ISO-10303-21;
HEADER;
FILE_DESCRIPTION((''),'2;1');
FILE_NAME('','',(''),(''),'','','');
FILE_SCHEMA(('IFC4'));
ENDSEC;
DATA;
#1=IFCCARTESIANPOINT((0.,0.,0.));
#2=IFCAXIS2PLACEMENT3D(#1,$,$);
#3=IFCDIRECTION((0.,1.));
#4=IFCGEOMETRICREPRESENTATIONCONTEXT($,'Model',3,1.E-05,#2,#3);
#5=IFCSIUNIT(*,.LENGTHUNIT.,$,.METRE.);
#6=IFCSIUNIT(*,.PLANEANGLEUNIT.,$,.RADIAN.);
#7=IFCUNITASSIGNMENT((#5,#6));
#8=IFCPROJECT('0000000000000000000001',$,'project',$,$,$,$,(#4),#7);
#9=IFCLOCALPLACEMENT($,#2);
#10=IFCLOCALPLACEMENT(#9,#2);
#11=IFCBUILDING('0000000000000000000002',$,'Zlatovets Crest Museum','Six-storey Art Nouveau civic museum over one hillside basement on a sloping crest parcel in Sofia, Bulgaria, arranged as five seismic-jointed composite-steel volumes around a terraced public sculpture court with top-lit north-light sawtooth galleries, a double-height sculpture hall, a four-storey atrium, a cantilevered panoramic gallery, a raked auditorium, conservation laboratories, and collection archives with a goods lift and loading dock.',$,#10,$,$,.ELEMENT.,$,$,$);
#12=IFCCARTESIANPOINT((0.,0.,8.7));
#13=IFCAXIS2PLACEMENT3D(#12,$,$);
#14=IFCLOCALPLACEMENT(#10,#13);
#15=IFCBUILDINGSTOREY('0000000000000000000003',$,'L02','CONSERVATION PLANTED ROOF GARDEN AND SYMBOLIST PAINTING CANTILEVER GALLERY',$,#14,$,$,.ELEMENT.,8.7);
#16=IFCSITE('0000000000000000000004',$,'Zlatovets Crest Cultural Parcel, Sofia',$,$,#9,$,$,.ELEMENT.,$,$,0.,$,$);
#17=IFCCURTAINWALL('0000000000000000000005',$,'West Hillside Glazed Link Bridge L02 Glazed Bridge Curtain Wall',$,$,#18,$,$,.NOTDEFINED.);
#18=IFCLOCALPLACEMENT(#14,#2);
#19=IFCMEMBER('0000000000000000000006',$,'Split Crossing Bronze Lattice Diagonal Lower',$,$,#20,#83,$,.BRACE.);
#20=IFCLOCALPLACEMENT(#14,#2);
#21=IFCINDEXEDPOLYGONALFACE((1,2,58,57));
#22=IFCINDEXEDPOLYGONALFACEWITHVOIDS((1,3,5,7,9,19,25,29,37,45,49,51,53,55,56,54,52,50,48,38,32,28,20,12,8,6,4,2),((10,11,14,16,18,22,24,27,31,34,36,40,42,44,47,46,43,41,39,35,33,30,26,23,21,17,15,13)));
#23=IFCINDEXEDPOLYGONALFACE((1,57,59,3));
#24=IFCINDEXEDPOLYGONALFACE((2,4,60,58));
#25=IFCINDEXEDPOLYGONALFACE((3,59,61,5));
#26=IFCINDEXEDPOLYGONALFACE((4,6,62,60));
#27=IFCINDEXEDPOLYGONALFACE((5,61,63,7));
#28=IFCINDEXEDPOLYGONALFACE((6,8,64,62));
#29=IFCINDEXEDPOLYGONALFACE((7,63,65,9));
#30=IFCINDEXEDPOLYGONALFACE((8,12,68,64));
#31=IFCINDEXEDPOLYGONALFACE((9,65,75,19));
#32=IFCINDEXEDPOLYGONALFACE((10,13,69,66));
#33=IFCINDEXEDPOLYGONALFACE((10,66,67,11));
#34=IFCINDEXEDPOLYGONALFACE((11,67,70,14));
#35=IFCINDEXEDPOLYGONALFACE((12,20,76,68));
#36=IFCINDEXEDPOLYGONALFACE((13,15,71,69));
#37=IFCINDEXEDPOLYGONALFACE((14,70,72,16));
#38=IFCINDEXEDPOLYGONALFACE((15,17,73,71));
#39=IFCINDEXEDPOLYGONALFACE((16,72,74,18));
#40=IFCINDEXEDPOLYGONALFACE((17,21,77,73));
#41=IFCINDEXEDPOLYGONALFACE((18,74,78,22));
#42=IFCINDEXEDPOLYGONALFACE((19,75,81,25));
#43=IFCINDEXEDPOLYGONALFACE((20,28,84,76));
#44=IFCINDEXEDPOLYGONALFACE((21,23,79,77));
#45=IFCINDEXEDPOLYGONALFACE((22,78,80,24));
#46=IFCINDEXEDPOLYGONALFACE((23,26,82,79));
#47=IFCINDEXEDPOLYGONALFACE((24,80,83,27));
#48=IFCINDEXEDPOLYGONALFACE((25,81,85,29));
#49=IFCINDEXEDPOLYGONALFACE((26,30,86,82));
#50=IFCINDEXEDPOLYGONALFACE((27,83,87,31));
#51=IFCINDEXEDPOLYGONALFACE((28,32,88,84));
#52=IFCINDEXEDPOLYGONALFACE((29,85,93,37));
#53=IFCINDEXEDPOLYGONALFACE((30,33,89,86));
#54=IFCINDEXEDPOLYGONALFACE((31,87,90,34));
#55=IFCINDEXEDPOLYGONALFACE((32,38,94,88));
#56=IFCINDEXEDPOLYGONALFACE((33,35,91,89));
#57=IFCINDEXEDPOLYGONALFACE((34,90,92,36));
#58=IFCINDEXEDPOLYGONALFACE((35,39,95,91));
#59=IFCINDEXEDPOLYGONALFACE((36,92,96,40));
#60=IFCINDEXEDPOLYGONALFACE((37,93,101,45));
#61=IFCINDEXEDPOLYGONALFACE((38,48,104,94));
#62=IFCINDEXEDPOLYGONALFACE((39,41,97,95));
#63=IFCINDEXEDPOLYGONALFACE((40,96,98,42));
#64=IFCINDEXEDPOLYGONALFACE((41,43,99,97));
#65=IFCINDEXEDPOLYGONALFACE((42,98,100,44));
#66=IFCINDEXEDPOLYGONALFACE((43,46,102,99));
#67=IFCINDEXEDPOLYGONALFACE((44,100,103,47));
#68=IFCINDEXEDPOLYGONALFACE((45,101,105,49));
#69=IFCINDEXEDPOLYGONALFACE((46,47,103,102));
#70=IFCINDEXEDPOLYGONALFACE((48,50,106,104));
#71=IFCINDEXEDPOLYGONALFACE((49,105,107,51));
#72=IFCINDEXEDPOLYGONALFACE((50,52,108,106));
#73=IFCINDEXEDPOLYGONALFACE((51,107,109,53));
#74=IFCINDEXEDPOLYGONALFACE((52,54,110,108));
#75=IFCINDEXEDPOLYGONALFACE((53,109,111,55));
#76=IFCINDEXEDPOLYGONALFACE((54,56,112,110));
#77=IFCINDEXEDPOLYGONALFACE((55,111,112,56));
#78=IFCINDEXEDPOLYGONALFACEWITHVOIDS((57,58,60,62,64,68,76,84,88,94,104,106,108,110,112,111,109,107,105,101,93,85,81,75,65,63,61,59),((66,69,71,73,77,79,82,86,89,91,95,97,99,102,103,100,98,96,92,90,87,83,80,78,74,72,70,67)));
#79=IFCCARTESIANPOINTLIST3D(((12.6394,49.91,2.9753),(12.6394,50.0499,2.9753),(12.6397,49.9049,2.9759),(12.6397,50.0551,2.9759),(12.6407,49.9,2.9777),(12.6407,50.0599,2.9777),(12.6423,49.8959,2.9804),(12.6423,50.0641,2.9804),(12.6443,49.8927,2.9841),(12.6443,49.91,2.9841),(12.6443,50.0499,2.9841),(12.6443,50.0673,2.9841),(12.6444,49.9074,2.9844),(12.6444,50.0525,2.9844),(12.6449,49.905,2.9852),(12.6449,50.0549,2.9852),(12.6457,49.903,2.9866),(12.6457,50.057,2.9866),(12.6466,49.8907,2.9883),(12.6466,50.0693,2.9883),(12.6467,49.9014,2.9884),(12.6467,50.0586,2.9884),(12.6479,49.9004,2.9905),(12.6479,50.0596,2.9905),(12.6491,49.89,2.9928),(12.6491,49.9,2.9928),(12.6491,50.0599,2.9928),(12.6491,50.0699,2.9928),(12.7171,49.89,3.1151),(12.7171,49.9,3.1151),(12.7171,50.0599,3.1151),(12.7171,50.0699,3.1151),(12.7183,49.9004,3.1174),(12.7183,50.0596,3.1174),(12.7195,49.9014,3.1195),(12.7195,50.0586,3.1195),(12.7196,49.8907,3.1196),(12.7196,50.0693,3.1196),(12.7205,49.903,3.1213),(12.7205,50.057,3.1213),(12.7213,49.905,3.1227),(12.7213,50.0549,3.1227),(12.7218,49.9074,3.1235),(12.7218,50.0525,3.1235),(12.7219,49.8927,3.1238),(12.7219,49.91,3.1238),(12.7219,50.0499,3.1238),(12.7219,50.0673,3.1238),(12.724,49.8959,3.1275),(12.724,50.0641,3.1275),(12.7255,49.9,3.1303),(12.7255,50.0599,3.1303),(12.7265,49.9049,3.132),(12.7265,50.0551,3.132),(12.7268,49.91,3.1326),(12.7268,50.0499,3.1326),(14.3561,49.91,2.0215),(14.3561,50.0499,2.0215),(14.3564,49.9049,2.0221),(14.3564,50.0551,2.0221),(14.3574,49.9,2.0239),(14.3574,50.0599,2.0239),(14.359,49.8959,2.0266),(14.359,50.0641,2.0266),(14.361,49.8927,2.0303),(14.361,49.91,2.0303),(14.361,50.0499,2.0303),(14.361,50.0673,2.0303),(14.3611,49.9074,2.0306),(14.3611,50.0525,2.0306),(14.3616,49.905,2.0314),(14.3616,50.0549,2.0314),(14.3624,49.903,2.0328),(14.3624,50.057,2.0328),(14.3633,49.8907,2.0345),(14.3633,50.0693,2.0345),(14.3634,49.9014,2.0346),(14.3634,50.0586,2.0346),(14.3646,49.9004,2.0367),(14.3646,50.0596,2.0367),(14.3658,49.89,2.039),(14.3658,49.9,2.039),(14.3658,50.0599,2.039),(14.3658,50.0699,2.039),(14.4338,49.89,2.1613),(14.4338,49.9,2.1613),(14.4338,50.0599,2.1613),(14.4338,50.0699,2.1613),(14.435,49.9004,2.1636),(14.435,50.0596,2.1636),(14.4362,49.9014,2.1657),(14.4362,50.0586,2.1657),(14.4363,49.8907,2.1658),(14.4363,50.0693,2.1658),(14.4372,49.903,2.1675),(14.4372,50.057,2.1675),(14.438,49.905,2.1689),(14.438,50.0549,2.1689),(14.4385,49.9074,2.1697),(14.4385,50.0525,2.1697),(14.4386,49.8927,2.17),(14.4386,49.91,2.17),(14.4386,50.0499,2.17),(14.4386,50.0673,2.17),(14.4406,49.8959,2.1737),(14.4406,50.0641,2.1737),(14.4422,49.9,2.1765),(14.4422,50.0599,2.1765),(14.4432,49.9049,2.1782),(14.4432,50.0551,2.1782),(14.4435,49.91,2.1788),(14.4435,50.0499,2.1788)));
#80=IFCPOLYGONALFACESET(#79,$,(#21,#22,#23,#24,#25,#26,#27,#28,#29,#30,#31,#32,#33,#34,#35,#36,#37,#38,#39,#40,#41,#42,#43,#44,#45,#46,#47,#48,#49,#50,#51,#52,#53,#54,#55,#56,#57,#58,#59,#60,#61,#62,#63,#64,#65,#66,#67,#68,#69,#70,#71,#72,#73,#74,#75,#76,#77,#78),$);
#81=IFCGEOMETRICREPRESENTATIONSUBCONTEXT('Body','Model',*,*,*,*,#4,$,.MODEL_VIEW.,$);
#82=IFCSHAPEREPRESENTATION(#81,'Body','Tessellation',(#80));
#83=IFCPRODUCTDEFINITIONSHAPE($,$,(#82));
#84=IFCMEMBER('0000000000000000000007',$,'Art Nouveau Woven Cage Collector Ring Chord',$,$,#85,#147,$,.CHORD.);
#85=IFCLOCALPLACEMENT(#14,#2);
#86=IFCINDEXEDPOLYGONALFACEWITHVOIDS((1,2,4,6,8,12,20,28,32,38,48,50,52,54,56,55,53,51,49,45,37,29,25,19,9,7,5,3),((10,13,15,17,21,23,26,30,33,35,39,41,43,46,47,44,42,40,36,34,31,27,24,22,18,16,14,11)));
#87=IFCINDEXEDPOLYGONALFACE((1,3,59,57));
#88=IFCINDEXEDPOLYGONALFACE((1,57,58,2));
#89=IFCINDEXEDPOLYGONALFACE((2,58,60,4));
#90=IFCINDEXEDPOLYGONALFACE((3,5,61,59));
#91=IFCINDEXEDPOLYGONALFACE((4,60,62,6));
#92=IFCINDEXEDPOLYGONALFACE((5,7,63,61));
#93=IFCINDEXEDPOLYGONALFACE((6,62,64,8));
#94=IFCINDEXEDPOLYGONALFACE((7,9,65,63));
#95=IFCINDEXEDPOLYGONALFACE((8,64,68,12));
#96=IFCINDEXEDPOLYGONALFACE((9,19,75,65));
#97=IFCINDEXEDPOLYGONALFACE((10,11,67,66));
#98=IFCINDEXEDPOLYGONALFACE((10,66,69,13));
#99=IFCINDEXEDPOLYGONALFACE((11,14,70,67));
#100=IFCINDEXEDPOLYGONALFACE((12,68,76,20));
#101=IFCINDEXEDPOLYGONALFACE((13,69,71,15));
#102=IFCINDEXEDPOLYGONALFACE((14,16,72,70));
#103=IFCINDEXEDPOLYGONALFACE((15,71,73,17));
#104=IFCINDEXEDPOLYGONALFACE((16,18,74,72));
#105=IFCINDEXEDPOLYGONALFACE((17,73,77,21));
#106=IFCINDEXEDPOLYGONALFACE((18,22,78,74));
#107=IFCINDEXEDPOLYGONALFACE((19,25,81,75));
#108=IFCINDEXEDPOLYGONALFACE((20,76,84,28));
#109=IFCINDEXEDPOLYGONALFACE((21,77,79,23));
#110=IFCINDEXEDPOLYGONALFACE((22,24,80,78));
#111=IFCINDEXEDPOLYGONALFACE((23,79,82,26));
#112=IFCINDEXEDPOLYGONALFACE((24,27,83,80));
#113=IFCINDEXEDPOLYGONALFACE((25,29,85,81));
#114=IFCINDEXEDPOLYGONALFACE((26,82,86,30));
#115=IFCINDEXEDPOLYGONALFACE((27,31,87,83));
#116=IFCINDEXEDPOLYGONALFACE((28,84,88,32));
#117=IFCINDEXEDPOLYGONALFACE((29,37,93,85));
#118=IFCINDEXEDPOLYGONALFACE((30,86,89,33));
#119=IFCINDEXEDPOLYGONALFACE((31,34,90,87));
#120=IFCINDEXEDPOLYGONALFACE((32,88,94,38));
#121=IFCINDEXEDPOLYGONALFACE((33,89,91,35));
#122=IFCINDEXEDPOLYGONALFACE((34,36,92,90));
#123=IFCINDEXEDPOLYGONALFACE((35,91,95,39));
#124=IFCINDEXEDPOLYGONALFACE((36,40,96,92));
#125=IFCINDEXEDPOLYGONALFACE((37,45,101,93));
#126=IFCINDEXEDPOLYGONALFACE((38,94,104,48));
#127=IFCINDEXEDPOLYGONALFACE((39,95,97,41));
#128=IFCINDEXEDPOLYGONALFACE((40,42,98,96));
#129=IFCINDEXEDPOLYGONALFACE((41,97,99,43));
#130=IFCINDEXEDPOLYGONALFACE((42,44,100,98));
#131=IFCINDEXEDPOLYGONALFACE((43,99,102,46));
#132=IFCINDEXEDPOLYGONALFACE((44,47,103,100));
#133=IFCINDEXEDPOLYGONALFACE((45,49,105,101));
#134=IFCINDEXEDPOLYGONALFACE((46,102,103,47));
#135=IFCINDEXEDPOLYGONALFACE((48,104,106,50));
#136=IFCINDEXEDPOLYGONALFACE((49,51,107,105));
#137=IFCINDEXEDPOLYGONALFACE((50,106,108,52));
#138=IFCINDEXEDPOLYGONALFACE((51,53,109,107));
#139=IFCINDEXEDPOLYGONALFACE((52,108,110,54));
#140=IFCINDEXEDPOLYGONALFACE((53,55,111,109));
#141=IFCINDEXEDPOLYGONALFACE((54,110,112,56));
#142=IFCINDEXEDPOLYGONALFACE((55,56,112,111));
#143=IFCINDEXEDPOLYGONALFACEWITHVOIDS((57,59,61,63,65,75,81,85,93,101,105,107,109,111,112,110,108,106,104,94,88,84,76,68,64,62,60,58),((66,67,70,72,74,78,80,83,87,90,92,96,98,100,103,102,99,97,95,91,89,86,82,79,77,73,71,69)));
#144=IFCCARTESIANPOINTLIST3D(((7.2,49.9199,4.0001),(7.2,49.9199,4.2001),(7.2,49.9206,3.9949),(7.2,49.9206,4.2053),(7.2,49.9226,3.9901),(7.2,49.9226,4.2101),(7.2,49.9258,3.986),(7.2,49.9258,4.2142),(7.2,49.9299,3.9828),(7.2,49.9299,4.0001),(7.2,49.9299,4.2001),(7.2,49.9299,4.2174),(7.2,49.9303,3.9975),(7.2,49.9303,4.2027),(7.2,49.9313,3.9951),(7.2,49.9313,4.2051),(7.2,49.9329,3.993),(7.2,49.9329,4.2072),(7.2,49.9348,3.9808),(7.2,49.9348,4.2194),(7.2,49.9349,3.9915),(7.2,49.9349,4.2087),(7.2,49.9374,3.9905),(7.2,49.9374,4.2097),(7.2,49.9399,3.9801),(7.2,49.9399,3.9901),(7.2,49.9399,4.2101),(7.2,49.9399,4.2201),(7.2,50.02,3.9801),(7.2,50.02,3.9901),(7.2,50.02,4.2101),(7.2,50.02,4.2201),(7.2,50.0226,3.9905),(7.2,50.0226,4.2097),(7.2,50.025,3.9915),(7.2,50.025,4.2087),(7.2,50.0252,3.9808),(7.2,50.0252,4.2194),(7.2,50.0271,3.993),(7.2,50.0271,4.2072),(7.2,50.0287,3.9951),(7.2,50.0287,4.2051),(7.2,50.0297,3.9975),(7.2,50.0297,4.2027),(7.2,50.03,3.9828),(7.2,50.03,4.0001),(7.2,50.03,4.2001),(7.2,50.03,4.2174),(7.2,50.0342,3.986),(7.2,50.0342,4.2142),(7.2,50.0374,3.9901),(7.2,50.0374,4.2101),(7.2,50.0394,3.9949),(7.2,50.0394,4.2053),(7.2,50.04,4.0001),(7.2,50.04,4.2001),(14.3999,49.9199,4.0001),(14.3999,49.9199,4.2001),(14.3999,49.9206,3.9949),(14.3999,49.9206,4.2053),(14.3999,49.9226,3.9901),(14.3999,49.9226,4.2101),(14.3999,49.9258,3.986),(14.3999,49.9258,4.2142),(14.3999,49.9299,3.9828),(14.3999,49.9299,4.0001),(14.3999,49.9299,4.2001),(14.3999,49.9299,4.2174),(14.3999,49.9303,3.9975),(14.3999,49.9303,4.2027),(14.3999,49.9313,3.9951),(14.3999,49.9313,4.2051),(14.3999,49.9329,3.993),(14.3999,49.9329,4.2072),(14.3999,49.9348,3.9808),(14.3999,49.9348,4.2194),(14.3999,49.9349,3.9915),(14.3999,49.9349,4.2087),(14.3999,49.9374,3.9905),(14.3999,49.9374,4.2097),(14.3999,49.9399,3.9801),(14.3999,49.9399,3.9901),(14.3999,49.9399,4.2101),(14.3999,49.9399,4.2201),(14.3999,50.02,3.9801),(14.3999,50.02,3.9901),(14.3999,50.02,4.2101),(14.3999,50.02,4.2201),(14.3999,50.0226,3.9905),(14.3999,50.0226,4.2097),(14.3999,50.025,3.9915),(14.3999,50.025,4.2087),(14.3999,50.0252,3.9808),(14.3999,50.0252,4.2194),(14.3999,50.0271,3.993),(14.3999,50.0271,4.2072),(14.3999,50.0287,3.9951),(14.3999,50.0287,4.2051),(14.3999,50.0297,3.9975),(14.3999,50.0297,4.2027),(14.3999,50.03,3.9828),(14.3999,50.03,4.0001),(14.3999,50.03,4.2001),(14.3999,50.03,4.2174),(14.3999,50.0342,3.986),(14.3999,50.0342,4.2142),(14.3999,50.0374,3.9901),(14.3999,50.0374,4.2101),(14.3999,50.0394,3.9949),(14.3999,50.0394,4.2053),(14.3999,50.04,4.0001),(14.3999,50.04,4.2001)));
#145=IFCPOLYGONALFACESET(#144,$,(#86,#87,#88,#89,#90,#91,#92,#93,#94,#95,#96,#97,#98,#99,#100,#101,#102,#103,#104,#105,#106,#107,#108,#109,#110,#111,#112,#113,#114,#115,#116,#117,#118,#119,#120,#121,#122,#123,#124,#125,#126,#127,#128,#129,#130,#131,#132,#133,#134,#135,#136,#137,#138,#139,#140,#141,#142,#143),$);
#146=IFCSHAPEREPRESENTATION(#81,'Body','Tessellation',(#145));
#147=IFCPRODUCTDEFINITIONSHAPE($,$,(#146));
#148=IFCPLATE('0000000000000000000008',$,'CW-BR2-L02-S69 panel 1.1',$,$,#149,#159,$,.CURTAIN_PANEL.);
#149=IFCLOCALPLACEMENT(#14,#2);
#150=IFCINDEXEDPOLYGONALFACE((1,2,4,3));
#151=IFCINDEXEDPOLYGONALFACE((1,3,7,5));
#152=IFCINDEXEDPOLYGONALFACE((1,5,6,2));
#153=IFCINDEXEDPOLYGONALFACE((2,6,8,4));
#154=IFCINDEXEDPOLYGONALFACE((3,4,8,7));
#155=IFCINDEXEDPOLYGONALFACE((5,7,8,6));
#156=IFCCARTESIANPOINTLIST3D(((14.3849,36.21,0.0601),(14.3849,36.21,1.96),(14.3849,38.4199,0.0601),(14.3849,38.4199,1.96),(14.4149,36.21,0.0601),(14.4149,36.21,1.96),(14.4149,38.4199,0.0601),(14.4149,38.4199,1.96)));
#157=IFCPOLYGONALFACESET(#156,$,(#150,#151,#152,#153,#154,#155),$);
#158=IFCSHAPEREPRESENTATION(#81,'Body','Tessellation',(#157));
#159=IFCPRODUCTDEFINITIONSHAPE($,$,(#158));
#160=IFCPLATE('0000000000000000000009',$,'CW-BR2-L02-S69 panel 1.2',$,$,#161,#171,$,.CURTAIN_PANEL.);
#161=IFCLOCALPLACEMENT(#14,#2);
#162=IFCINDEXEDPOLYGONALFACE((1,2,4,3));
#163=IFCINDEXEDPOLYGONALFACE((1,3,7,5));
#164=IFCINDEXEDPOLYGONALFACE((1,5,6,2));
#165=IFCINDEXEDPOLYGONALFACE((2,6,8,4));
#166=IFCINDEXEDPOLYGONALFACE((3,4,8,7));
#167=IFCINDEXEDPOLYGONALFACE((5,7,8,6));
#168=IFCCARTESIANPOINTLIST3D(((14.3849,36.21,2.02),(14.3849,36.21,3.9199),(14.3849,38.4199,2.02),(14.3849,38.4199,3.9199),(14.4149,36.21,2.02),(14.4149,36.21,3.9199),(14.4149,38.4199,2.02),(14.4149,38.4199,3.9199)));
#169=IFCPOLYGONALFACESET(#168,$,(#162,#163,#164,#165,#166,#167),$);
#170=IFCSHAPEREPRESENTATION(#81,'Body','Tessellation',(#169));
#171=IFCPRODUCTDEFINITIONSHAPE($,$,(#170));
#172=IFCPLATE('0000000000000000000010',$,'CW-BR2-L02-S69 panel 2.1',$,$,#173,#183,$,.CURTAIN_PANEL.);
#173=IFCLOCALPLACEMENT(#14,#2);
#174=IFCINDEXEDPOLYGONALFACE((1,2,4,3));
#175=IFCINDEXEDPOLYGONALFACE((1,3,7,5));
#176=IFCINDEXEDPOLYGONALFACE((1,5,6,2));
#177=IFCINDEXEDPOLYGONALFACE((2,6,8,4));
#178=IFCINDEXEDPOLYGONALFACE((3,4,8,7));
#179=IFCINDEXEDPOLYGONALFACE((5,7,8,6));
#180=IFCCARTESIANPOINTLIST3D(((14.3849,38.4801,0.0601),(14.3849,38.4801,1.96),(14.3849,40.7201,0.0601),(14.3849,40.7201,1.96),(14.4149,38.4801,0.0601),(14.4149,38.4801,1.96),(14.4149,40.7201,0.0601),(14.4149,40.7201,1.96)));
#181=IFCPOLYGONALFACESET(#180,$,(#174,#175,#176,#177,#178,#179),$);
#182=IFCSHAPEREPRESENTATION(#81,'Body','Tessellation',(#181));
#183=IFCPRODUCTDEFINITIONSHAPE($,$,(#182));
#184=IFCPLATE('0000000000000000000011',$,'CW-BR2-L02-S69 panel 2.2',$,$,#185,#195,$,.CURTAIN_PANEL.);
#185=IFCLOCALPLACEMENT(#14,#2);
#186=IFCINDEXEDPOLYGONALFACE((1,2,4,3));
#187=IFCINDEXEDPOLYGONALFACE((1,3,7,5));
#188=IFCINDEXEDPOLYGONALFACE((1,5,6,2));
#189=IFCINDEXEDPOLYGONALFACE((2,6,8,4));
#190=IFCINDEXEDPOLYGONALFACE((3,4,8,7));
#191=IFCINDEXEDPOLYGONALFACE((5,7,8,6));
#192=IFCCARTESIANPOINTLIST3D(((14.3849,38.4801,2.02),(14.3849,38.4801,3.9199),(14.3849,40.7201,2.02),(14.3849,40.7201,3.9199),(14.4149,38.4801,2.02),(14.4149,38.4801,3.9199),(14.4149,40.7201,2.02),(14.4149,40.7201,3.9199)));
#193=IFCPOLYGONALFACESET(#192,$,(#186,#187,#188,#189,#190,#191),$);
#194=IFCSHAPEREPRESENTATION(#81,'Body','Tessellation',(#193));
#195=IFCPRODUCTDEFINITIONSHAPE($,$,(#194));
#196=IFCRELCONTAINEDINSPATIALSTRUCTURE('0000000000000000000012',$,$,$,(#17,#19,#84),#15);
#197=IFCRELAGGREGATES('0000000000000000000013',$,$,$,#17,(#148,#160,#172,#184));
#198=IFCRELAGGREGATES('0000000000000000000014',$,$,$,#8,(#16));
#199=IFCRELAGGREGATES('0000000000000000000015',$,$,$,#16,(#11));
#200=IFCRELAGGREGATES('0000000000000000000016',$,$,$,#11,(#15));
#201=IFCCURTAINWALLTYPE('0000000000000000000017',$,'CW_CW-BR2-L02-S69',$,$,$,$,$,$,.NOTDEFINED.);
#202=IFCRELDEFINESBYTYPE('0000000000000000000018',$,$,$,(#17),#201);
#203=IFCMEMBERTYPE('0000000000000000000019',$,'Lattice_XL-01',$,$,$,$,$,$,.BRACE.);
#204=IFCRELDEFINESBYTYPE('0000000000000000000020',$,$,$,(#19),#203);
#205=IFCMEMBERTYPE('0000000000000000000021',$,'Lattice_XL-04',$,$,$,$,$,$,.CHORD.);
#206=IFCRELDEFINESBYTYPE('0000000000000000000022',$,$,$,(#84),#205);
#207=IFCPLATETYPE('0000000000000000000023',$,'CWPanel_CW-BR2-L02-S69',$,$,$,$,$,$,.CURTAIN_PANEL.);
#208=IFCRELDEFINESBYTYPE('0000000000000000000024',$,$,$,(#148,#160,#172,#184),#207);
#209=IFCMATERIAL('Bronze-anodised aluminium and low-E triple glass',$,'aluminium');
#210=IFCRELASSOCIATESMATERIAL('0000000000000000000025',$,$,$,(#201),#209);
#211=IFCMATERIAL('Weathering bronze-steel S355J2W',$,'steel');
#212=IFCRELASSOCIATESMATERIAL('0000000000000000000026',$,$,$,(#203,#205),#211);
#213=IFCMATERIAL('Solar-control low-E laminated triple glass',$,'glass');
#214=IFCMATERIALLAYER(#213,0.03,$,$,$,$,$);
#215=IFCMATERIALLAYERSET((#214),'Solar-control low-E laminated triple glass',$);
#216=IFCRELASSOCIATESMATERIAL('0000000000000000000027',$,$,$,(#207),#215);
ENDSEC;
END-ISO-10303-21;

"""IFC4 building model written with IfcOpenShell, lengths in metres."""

from ifc_helpers import new_model, si_unit, direction, frame, origin, origin_2d, place, context, subcontext, project, spatial, rectangle, hollow_rectangle, extrude, material, layer, layer_set, material_profile, profile_set, type_object, element, aggregate, save


model = new_model("IFC4")

# Units and contexts
model_context = context("Model", 3, precision=1e-05, world=origin(), true_north=direction((0.0, 1.0)))
body_context = subcontext(model_context, "Body", "Model", "MODEL_VIEW")
ifc_project = project(units=[si_unit("LENGTHUNIT", "METRE"), si_unit("PLANEANGLEUNIT", "RADIAN")], contexts=[model_context])

# Site, building, storey
site_placement = place(None, origin())
site = spatial("IfcSite", under=ifc_project, at=site_placement, Name="Zlatovets Crest Cultural Parcel, Sofia", CompositionType="ELEMENT", RefElevation=0.0)
building_placement = place(site_placement, origin())
building = spatial("IfcBuilding", under=site, at=building_placement, Name="Zlatovets Crest Museum", Description="Six-storey Art Nouveau civic museum over one hillside basement on a sloping crest parcel in Sofia, Bulgaria, arranged as five seismic-jointed composite-steel volumes around a terraced public sculpture court with top-lit north-light sawtooth galleries, a double-height sculpture hall, a four-storey atrium, a cantilevered panoramic gallery, a raked auditorium, conservation laboratories, and collection archives with a goods lift and loading dock.", CompositionType="ELEMENT")
storey_placement = place(building_placement, frame((0.0, 0.0, 8.7)))
storey = spatial("IfcBuildingStorey", under=building, at=storey_placement, Name="L02", Description="CONSERVATION PLANTED ROOF GARDEN AND SYMBOLIST PAINTING CANTILEVER GALLERY", CompositionType="ELEMENT", Elevation=8.7)

# Curtain wall
ifc_material_1 = material(Name="Bronze-anodised aluminium and low-E triple glass", Category="aluminium")
curtain_wall_type = type_object("IfcCurtainWallType", Name="CW_CW-BR2-L02-S69", PredefinedType="NOTDEFINED", material=ifc_material_1)
curtain_wall_placement = place(storey_placement, origin())
curtain_wall = element("IfcCurtainWall", 1, at=curtain_wall_placement, inside=storey, type_object=curtain_wall_type, Name="West Hillside Glazed Link Bridge L02 Glazed Bridge Curtain Wall", PredefinedType="NOTDEFINED")

# Members
ifc_material_2 = material(Name="Weathering bronze-steel S355J2W", Category="steel")
ifc_material_profile_1 = material_profile(ifc_material_2, hollow_rectangle(XDim=0.1799, YDim=0.1799, WallThickness=0.01, InnerFilletRadius=0.01, OuterFilletRadius=0.02, at=origin_2d()), Name="SHS 180x180x10.0")
ifc_profile_set_1 = profile_set([ifc_material_profile_1], Name="Weathering bronze-steel S355J2W")
member_type_1 = type_object("IfcMemberType", Name="Lattice_XL-01", PredefinedType="BRACE", material=ifc_profile_set_1)
member_1_placement = place(storey_placement, frame((12.6831, 49.98, 3.054), z_axis=(0.87414, 0.0, -0.485675), x_axis=(0.0, 1.0, 0.0)))
element("IfcMember", 2, at=member_1_placement, inside=storey, type_object=member_type_1, Name="Split Crossing Bronze Lattice Diagonal Lower", PredefinedType="BRACE", context=body_context, shape_type="SweptSolid", body=[
    extrude(hollow_rectangle(XDim=0.1799, YDim=0.1799, WallThickness=0.01, InnerFilletRadius=0.01, OuterFilletRadius=0.02, at=origin_2d()), origin(), (0.0, 0.0, 1.0), 1.9639),
])
ifc_material_profile_2 = material_profile(ifc_material_2, hollow_rectangle(XDim=0.1201, YDim=0.24, WallThickness=0.01, InnerFilletRadius=0.01, OuterFilletRadius=0.02, at=origin_2d()), Name="RHS 120x240x10.0")
ifc_profile_set_2 = profile_set([ifc_material_profile_2], Name="Weathering bronze-steel S355J2W")
member_type_2 = type_object("IfcMemberType", Name="Lattice_XL-04", PredefinedType="CHORD", material=ifc_profile_set_2)
member_2_placement = place(storey_placement, frame((7.2, 49.98, 4.1001), z_axis=(1.0, 0.0, 0.0), x_axis=(0.0, 1.0, 0.0)))
element("IfcMember", 3, at=member_2_placement, inside=storey, type_object=member_type_2, Name="Art Nouveau Woven Cage Collector Ring Chord", PredefinedType="CHORD", context=body_context, shape_type="SweptSolid", body=[
    extrude(hollow_rectangle(XDim=0.1201, YDim=0.24, WallThickness=0.01, InnerFilletRadius=0.01, OuterFilletRadius=0.02, at=origin_2d()), origin(), (0.0, 0.0, 1.0), 7.2),
])

# Plates
ifc_material_3 = material(Name="Solar-control low-E laminated triple glass", Category="glass")
ifc_layer_1 = layer(ifc_material_3, 0.03)
ifc_layer_set_1 = layer_set([ifc_layer_1], Name="Solar-control low-E laminated triple glass")
plate_type_1 = type_object("IfcPlateType", Name="CWPanel_CW-BR2-L02-S69", PredefinedType="CURTAIN_PANEL", material=ifc_layer_set_1)
plate_1_placement = place(storey_placement, frame((14.3999, 37.3149, 0.0601), z_axis=(0.0, 0.0, 1.0), x_axis=(0.0, 1.0, 0.0)))
plate_1 = element("IfcPlate", 4, at=plate_1_placement, type_object=plate_type_1, Name="CW-BR2-L02-S69 panel 1.1", PredefinedType="CURTAIN_PANEL", context=body_context, shape_type="SweptSolid", body=[
    extrude(rectangle(XDim=2.21, YDim=0.03, at=origin_2d()), origin(), (0.0, 0.0, 1.0), 1.8999),
])
plate_2_placement = place(storey_placement, frame((14.3999, 37.3149, 2.02), z_axis=(0.0, 0.0, 1.0), x_axis=(0.0, 1.0, 0.0)))
plate_2 = element("IfcPlate", 5, at=plate_2_placement, type_object=plate_type_1, Name="CW-BR2-L02-S69 panel 1.2", PredefinedType="CURTAIN_PANEL", context=body_context, shape_type="SweptSolid", body=[
    extrude(rectangle(XDim=2.21, YDim=0.03, at=origin_2d()), origin(), (0.0, 0.0, 1.0), 1.8999),
])
plate_3_placement = place(storey_placement, frame((14.3999, 39.6001, 0.0601), z_axis=(0.0, 0.0, 1.0), x_axis=(0.0, 1.0, 0.0)))
plate_3 = element("IfcPlate", 6, at=plate_3_placement, type_object=plate_type_1, Name="CW-BR2-L02-S69 panel 2.1", PredefinedType="CURTAIN_PANEL", context=body_context, shape_type="SweptSolid", body=[
    extrude(rectangle(XDim=2.24, YDim=0.03, at=origin_2d()), origin(), (0.0, 0.0, 1.0), 1.8999),
])
plate_4_placement = place(storey_placement, frame((14.3999, 39.6001, 2.02), z_axis=(0.0, 0.0, 1.0), x_axis=(0.0, 1.0, 0.0)))
plate_4 = element("IfcPlate", 7, at=plate_4_placement, type_object=plate_type_1, Name="CW-BR2-L02-S69 panel 2.2", PredefinedType="CURTAIN_PANEL", context=body_context, shape_type="SweptSolid", body=[
    extrude(rectangle(XDim=2.24, YDim=0.03, at=origin_2d()), origin(), (0.0, 0.0, 1.0), 1.8999),
])
aggregate(curtain_wall, [plate_1, plate_2, plate_3, plate_4])

save(model, "model.ifc")
